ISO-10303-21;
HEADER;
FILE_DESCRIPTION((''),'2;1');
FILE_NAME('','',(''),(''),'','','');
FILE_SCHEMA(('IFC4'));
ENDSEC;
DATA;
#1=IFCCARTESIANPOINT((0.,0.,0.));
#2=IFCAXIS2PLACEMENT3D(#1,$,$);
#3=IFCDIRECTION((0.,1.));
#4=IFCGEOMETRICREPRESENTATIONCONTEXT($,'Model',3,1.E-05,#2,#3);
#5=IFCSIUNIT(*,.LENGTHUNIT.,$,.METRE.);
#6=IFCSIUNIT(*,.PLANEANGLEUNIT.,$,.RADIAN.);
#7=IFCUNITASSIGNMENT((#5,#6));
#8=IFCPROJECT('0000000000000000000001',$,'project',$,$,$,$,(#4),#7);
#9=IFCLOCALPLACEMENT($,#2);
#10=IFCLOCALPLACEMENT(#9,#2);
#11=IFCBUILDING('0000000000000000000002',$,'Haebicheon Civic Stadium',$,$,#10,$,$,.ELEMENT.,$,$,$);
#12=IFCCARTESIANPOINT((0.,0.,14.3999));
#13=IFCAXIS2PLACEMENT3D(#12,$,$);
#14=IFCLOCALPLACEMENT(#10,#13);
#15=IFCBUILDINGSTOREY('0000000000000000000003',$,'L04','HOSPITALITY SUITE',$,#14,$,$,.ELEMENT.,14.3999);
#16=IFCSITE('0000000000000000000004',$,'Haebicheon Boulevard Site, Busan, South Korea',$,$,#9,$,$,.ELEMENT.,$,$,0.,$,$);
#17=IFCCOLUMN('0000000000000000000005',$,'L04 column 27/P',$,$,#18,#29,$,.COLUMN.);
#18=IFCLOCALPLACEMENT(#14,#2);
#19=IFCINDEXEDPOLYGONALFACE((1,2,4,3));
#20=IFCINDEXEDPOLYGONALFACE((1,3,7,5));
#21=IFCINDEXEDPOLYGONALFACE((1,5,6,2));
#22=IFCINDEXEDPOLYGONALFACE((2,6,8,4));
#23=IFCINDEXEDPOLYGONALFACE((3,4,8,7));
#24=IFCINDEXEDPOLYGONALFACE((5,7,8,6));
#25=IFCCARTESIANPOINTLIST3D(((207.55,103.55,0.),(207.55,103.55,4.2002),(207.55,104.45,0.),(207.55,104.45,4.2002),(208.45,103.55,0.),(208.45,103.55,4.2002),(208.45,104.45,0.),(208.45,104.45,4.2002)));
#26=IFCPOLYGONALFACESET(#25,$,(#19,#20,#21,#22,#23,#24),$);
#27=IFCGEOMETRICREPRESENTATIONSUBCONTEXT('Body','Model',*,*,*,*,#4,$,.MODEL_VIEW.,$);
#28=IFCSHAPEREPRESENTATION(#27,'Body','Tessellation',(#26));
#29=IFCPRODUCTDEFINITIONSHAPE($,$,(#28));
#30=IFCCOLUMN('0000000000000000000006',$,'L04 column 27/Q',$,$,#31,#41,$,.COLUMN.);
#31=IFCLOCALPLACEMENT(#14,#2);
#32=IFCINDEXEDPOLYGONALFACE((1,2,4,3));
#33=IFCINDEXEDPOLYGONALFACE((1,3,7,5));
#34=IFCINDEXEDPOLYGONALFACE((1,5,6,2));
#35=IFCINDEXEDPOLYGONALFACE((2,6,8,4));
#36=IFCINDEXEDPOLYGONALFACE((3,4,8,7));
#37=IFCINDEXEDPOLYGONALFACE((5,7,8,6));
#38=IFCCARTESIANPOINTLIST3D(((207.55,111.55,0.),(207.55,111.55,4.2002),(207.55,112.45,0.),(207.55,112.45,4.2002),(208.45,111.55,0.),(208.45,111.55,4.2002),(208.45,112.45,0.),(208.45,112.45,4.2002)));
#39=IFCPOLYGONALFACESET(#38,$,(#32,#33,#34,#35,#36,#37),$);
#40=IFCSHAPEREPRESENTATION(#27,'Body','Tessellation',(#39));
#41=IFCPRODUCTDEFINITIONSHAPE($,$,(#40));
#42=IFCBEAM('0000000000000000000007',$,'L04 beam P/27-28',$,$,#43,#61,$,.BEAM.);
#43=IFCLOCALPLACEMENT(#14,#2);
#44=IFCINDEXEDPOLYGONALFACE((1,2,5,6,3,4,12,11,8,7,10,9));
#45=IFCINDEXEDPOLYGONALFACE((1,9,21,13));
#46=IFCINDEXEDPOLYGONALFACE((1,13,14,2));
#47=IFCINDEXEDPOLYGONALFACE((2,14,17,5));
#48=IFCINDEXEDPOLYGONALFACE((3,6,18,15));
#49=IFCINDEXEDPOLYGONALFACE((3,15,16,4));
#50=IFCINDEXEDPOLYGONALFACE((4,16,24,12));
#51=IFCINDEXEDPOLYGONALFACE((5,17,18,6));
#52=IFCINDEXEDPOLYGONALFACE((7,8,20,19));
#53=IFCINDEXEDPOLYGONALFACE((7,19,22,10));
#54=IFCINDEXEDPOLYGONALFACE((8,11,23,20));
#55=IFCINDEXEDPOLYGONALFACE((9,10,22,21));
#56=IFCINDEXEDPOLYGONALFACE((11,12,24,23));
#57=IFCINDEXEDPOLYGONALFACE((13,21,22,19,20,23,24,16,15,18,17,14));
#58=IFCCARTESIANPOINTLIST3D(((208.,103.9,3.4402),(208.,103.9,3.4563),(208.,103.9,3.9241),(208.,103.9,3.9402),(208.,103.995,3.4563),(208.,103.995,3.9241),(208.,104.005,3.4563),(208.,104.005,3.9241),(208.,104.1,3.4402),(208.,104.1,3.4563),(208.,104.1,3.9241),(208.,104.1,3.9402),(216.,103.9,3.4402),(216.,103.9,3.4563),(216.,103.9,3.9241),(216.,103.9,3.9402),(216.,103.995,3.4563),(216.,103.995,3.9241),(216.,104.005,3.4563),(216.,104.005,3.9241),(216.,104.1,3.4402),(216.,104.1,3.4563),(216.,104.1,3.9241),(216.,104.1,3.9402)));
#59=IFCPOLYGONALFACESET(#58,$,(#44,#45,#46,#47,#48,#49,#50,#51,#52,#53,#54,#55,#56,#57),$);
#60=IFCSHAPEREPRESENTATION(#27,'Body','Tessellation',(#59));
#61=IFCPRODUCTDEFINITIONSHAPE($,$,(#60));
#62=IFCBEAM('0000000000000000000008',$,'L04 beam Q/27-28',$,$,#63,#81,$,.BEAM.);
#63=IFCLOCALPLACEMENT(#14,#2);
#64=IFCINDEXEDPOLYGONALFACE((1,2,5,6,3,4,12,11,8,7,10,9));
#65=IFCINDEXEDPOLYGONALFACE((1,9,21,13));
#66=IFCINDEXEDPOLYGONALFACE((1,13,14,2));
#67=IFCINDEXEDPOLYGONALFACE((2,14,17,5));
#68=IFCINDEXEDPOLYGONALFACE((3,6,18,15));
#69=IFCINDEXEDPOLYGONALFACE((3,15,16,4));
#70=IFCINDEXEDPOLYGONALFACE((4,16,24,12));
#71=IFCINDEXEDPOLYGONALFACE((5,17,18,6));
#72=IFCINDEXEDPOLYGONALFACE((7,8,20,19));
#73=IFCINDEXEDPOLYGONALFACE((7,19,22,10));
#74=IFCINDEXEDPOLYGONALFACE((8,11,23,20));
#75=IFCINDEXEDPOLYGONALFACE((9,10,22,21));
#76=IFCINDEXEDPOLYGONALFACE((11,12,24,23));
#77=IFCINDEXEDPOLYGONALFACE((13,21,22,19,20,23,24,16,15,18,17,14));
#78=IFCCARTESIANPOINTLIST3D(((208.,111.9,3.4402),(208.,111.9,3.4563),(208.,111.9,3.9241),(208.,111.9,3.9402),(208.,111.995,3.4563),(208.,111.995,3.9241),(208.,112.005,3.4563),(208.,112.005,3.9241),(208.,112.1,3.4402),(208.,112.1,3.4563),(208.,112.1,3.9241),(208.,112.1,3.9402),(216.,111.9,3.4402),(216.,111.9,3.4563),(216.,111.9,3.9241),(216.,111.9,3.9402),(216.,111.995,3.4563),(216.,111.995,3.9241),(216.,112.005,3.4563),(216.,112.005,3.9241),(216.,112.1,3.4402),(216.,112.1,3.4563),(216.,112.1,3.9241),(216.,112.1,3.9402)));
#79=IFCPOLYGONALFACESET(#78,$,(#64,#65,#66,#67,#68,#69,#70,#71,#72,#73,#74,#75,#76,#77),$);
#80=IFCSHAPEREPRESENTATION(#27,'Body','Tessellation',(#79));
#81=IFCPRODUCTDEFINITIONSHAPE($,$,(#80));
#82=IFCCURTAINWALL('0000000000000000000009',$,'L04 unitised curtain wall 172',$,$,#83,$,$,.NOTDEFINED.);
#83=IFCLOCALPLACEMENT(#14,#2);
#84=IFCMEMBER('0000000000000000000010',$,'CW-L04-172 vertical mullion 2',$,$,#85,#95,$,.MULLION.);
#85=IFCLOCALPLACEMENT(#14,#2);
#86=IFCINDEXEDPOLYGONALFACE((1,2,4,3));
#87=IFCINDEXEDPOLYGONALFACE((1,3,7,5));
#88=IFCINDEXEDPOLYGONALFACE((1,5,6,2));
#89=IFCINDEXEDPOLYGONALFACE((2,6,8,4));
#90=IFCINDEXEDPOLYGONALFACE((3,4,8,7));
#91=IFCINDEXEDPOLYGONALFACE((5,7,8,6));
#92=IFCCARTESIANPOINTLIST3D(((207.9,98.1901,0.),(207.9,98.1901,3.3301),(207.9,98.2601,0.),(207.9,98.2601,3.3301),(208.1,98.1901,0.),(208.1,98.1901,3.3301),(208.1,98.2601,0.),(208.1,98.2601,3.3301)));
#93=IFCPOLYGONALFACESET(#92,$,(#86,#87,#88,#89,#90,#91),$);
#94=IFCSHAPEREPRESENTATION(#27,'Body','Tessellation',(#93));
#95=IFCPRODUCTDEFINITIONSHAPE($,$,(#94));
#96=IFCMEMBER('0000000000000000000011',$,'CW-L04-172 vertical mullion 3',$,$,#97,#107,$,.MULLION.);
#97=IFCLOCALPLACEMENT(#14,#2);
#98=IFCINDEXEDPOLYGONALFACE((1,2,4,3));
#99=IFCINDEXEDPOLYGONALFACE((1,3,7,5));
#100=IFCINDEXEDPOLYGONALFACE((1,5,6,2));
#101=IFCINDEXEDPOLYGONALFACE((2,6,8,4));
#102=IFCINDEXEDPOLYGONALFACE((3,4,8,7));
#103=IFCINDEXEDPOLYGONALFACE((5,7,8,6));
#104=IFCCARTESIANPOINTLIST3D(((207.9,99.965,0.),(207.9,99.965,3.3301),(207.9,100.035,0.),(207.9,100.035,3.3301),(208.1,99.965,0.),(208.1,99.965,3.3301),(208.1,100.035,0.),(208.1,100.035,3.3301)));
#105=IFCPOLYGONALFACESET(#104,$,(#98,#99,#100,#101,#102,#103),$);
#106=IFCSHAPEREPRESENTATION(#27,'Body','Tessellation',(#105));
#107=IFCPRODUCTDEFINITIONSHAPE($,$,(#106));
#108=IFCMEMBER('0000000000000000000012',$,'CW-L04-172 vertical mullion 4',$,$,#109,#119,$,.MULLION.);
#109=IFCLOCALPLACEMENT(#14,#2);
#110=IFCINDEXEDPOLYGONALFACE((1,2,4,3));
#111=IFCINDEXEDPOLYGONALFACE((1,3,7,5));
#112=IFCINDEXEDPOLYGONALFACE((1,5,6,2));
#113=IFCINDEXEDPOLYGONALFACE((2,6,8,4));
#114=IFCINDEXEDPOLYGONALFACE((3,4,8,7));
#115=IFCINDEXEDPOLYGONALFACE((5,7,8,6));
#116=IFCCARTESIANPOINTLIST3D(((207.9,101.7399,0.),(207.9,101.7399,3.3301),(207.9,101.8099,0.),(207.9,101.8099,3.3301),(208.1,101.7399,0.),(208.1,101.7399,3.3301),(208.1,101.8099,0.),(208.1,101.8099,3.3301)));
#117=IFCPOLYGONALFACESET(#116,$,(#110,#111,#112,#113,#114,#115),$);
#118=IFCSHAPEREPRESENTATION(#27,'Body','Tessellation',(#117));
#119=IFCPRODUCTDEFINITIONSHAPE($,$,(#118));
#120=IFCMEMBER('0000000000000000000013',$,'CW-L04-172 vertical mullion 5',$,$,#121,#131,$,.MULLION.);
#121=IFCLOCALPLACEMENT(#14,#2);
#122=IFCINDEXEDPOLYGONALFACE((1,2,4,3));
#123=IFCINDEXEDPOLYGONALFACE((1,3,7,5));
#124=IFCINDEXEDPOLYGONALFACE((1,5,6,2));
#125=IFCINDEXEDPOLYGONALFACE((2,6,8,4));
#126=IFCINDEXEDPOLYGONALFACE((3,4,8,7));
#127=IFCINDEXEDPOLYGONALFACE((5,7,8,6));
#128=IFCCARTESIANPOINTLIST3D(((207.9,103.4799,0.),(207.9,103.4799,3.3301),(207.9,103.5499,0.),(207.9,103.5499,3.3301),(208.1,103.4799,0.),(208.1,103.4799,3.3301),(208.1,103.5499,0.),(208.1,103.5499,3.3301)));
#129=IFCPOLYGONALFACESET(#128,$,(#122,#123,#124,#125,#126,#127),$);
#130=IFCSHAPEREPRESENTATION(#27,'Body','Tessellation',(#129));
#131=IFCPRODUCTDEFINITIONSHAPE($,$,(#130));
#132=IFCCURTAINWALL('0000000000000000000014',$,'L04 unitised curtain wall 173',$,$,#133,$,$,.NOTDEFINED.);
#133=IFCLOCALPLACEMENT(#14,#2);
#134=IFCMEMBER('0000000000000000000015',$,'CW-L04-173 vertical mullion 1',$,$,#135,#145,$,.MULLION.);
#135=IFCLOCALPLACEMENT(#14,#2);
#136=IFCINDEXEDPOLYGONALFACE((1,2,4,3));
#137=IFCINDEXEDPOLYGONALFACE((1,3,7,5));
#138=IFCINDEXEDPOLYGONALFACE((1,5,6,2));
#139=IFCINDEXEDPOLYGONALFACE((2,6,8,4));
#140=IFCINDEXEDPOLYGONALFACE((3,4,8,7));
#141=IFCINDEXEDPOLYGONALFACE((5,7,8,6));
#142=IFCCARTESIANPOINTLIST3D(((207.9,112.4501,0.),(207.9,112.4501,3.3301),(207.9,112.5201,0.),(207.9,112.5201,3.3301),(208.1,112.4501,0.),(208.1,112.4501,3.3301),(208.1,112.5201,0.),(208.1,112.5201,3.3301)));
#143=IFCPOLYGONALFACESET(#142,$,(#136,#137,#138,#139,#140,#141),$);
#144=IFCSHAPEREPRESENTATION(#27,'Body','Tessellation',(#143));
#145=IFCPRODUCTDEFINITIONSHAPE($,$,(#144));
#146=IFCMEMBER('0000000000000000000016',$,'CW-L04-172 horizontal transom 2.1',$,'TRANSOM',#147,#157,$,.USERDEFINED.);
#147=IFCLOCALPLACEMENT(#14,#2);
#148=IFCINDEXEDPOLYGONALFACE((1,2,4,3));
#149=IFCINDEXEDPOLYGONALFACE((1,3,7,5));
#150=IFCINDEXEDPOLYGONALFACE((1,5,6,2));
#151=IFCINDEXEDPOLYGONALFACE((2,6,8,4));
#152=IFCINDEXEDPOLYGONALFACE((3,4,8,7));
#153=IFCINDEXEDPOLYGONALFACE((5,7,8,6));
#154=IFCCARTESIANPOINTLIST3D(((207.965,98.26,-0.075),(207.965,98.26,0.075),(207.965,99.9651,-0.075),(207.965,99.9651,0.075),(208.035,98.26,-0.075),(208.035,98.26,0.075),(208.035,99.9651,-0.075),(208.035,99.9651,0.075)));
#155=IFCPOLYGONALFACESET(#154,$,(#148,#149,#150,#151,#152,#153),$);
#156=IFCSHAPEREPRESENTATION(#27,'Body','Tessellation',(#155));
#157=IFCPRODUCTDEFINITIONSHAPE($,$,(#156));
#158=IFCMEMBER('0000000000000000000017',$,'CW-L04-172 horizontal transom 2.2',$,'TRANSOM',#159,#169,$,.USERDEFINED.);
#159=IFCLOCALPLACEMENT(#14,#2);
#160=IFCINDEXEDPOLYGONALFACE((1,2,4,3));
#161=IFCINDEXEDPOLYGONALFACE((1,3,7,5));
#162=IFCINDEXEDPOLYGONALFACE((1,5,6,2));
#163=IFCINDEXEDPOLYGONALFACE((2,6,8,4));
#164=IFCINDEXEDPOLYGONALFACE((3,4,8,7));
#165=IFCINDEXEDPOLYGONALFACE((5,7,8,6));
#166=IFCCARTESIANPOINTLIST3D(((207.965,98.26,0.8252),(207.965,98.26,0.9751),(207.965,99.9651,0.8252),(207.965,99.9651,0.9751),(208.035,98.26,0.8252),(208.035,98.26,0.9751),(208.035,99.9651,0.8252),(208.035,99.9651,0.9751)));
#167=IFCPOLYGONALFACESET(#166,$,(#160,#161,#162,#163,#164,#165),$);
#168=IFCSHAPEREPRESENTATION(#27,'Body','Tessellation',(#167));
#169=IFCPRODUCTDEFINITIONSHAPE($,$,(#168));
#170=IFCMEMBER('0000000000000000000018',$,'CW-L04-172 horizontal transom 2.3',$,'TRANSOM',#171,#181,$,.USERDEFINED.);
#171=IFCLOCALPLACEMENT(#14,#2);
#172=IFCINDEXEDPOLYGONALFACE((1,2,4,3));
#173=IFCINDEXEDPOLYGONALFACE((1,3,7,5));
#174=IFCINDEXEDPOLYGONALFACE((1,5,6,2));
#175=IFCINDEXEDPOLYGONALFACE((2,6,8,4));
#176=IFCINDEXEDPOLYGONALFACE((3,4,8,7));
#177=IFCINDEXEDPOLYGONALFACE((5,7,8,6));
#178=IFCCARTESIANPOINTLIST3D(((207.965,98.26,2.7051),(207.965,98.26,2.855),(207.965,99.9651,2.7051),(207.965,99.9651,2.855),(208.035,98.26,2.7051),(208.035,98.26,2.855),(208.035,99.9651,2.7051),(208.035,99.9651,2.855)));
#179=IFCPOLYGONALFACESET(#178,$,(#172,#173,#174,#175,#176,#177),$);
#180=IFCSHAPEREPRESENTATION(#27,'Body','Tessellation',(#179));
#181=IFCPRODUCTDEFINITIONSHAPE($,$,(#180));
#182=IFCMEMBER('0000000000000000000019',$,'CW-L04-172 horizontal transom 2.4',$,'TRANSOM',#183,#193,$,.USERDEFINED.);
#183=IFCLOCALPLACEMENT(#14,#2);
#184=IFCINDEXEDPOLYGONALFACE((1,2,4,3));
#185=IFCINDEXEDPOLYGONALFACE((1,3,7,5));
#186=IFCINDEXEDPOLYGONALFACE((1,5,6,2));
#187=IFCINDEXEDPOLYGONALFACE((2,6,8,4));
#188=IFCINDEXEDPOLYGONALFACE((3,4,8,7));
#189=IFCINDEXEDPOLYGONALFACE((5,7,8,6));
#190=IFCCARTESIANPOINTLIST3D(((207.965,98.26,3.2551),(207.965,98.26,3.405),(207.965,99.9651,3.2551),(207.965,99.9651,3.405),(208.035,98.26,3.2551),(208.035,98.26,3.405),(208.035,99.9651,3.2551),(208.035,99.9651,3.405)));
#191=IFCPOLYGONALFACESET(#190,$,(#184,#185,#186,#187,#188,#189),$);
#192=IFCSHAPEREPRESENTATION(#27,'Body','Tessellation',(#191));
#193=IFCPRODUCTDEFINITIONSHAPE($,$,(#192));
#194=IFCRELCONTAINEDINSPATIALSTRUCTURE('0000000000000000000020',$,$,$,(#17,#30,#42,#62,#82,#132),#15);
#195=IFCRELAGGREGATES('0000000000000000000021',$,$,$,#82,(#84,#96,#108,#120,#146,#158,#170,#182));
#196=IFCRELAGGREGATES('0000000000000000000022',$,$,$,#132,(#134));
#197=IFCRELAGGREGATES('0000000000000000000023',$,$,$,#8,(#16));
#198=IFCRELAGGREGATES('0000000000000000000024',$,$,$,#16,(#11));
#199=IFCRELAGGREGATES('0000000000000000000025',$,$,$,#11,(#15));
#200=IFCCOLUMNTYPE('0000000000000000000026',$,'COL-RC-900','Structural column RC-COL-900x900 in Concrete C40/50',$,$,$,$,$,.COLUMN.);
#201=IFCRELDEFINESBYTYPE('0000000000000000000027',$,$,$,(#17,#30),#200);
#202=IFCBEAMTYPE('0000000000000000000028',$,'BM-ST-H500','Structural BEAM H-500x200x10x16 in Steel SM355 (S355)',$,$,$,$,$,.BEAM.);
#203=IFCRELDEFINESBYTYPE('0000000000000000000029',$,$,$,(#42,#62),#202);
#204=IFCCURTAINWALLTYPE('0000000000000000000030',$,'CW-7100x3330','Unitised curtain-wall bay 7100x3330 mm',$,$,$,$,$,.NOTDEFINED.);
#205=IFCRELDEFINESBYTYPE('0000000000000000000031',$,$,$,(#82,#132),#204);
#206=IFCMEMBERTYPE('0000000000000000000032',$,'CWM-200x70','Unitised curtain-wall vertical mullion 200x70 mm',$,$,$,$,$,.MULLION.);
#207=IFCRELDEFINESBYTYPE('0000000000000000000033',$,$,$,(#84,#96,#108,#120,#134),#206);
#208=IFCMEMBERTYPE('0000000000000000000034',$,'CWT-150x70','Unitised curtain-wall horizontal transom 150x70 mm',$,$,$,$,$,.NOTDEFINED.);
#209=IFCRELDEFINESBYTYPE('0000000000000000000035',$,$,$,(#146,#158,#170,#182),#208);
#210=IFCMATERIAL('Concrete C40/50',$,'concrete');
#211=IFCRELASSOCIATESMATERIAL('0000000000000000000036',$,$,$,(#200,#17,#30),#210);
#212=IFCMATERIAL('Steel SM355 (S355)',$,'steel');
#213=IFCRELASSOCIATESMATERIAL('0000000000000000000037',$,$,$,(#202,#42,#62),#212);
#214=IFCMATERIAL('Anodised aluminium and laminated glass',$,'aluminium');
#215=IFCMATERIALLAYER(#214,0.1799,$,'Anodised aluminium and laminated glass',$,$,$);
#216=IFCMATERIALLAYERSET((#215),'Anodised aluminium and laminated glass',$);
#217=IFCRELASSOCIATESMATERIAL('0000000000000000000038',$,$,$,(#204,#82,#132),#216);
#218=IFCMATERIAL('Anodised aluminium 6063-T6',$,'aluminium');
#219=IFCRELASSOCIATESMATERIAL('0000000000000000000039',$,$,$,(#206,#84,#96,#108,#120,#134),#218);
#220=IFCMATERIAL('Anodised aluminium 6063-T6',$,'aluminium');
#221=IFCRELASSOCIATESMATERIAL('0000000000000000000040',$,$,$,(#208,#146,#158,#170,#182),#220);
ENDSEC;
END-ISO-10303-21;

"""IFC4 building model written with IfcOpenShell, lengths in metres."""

from ifc_helpers import new_model, si_unit, direction, frame, origin, origin_2d, place, context, subcontext, project, spatial, rectangle, i_section, extrude, material, layer, layer_set, material_profile, profile_set, type_object, element, aggregate, save


model = new_model("IFC4")

# Units and contexts
model_context = context("Model", 3, precision=1e-05, world=origin(), true_north=direction((0.0, 1.0)))
body_context = subcontext(model_context, "Body", "Model", "MODEL_VIEW")
ifc_project = project(units=[si_unit("LENGTHUNIT", "METRE"), si_unit("PLANEANGLEUNIT", "RADIAN")], contexts=[model_context])

# Site, building, storey
site_placement = place(None, origin())
site = spatial("IfcSite", under=ifc_project, at=site_placement, Name="Haebicheon Boulevard Site, Busan, South Korea", CompositionType="ELEMENT", RefElevation=0.0)
building_placement = place(site_placement, origin())
building = spatial("IfcBuilding", under=site, at=building_placement, Name="Haebicheon Civic Stadium", CompositionType="ELEMENT")
storey_placement = place(building_placement, frame((0.0, 0.0, 14.3999)))
storey = spatial("IfcBuildingStorey", under=building, at=storey_placement, Name="L04", Description="HOSPITALITY SUITE", CompositionType="ELEMENT", Elevation=14.3999)

# Columns
ifc_material_1 = material(Name="Concrete C40/50", Category="concrete")
ifc_material_profile_1 = material_profile(ifc_material_1, rectangle(XDim=0.8999, YDim=0.8999, at=origin_2d()), Name="RC-COL-900x900")
ifc_profile_set_1 = profile_set([ifc_material_profile_1], Name="Concrete C40/50")
column_type = type_object("IfcColumnType", Name="COL-RC-900", Description="Structural column RC-COL-900x900 in Concrete C40/50", PredefinedType="COLUMN", material=ifc_profile_set_1)
for number, where, z_axis, x_axis, name in (
    (1, (208.0, 104.0, 0.0), (0.0, 0.0, 1.0), (1.0, 0.0, 0.0), "L04 column 27/P"),
    (2, (208.0, 112.0, 0.0), (0.0, 0.0, 1.0), (1.0, 0.0, 0.0), "L04 column 27/Q"),
):
    element("IfcColumn", number, at=place(storey_placement, frame(where, z_axis=z_axis, x_axis=x_axis)), inside=storey, type_object=column_type, material=ifc_profile_set_1, Name=name, PredefinedType="COLUMN", context=body_context, shape_type="SweptSolid", body=[
        extrude(rectangle(XDim=0.8999, YDim=0.8999, at=origin_2d()), origin(), (0.0, 0.0, 1.0), 4.2002),
    ])

# Beams
ifc_material_2 = material(Name="Steel SM355 (S355)", Category="steel")
ifc_material_profile_2 = material_profile(ifc_material_2, i_section(OverallWidth=0.2, OverallDepth=0.5, WebThickness=0.01, FlangeThickness=0.0161, at=origin_2d()), Name="H-500x200x10x16")
ifc_profile_set_2 = profile_set([ifc_material_profile_2], Name="Steel SM355 (S355)")
beam_type_1 = type_object("IfcBeamType", Name="BM-ST-H500", Description="Structural BEAM H-500x200x10x16 in Steel SM355 (S355)", PredefinedType="BEAM", material=ifc_profile_set_2)
for number, where, z_axis, x_axis, name in (
    (3, (208.0, 104.0, 3.6902), (1.0, 0.0, 0.0), (0.0, 1.0, 0.0), "L04 beam P/27-28"),
    (4, (208.0, 112.0, 3.6902), (1.0, 0.0, 0.0), (0.0, 1.0, 0.0), "L04 beam Q/27-28"),
):
    element("IfcBeam", number, at=place(storey_placement, frame(where, z_axis=z_axis, x_axis=x_axis)), inside=storey, type_object=beam_type_1, material=ifc_profile_set_2, Name=name, PredefinedType="BEAM", context=body_context, shape_type="SweptSolid", body=[
        extrude(i_section(OverallWidth=0.2, OverallDepth=0.5, WebThickness=0.01, FlangeThickness=0.0161, at=origin_2d()), origin(), (0.0, 0.0, 1.0), 8.0),
    ])

# Curtain wall, members
ifc_material_3 = material(Name="Anodised aluminium and laminated glass", Category="aluminium")
ifc_layer_1 = layer(ifc_material_3, 0.1799, Name="Anodised aluminium and laminated glass")
ifc_layer_set_1 = layer_set([ifc_layer_1], Name="Anodised aluminium and laminated glass")
curtain_wall_type = type_object("IfcCurtainWallType", Name="CW-7100x3330", Description="Unitised curtain-wall bay 7100x3330 mm", PredefinedType="NOTDEFINED", material=ifc_layer_set_1)
curtain_wall_1_placement = place(storey_placement, origin())
curtain_wall_1 = element("IfcCurtainWall", 5, at=curtain_wall_1_placement, inside=storey, type_object=curtain_wall_type, material=ifc_layer_set_1, Name="L04 unitised curtain wall 172", PredefinedType="NOTDEFINED")
ifc_material_4 = material(Name="Anodised aluminium 6063-T6", Category="aluminium")
ifc_material_profile_3 = material_profile(ifc_material_4, rectangle(XDim=0.0701, YDim=0.2, at=origin_2d()), Name="ALU-MULL-70x200")
ifc_profile_set_3 = profile_set([ifc_material_profile_3], Name="Anodised aluminium 6063-T6")
member_type_1 = type_object("IfcMemberType", Name="CWM-200x70", Description="Unitised curtain-wall vertical mullion 200x70 mm", PredefinedType="MULLION", material=ifc_profile_set_3)
member_1_placement = place(storey_placement, frame((208.0, 98.2251, 0.0), z_axis=(0.0, 0.0, 1.0), x_axis=(0.0, 1.0, 0.0)))
member_1 = element("IfcMember", 6, at=member_1_placement, type_object=member_type_1, material=ifc_profile_set_3, Name="CW-L04-172 vertical mullion 2", PredefinedType="MULLION", context=body_context, shape_type="SweptSolid", body=[
    extrude(rectangle(XDim=0.0701, YDim=0.2, at=origin_2d()), origin(), (0.0, 0.0, 1.0), 3.3301),
])
member_2_placement = place(storey_placement, frame((208.0, 100.0, 0.0), z_axis=(0.0, 0.0, 1.0), x_axis=(0.0, 1.0, 0.0)))
member_2 = element("IfcMember", 7, at=member_2_placement, type_object=member_type_1, material=ifc_profile_set_3, Name="CW-L04-172 vertical mullion 3", PredefinedType="MULLION", context=body_context, shape_type="SweptSolid", body=[
    extrude(rectangle(XDim=0.0701, YDim=0.2, at=origin_2d()), origin(), (0.0, 0.0, 1.0), 3.3301),
])
member_3_placement = place(storey_placement, frame((208.0, 101.7749, 0.0), z_axis=(0.0, 0.0, 1.0), x_axis=(0.0, 1.0, 0.0)))
member_3 = element("IfcMember", 8, at=member_3_placement, type_object=member_type_1, material=ifc_profile_set_3, Name="CW-L04-172 vertical mullion 4", PredefinedType="MULLION", context=body_context, shape_type="SweptSolid", body=[
    extrude(rectangle(XDim=0.0701, YDim=0.2, at=origin_2d()), origin(), (0.0, 0.0, 1.0), 3.3301),
])
member_4_placement = place(storey_placement, frame((208.0, 103.5149, 0.0), z_axis=(0.0, 0.0, 1.0), x_axis=(0.0, 1.0, 0.0)))
member_4 = element("IfcMember", 9, at=member_4_placement, type_object=member_type_1, material=ifc_profile_set_3, Name="CW-L04-172 vertical mullion 5", PredefinedType="MULLION", context=body_context, shape_type="SweptSolid", body=[
    extrude(rectangle(XDim=0.0701, YDim=0.2, at=origin_2d()), origin(), (0.0, 0.0, 1.0), 3.3301),
])

# Curtain wall, member
curtain_wall_2_placement = place(storey_placement, origin())
curtain_wall_2 = element("IfcCurtainWall", 10, at=curtain_wall_2_placement, inside=storey, type_object=curtain_wall_type, material=ifc_layer_set_1, Name="L04 unitised curtain wall 173", PredefinedType="NOTDEFINED")
member_5_placement = place(storey_placement, frame((208.0, 112.4851, 0.0), z_axis=(0.0, 0.0, 1.0), x_axis=(0.0, 1.0, 0.0)))
member_5 = element("IfcMember", 11, at=member_5_placement, type_object=member_type_1, material=ifc_profile_set_3, Name="CW-L04-173 vertical mullion 1", PredefinedType="MULLION", context=body_context, shape_type="SweptSolid", body=[
    extrude(rectangle(XDim=0.0701, YDim=0.2, at=origin_2d()), origin(), (0.0, 0.0, 1.0), 3.3301),
])

# Members
ifc_material_5 = material(Name="Anodised aluminium 6063-T6", Category="aluminium")
ifc_material_profile_4 = material_profile(ifc_material_5, rectangle(XDim=0.0701, YDim=0.1499, at=origin_2d()), Name="ALU-TRAN-70x150")
ifc_profile_set_4 = profile_set([ifc_material_profile_4], Name="Anodised aluminium 6063-T6")
member_type_2 = type_object("IfcMemberType", Name="CWT-150x70", Description="Unitised curtain-wall horizontal transom 150x70 mm", PredefinedType="NOTDEFINED", material=ifc_profile_set_4)
member_6_placement = place(storey_placement, frame((208.0, 98.26, 0.0), z_axis=(0.0, 1.0, 0.0), x_axis=(-1.0, 0.0, 0.0)))
member_6 = element("IfcMember", 12, at=member_6_placement, type_object=member_type_2, material=ifc_profile_set_4, Name="CW-L04-172 horizontal transom 2.1", ObjectType="TRANSOM", PredefinedType="USERDEFINED", context=body_context, shape_type="SweptSolid", body=[
    extrude(rectangle(XDim=0.0701, YDim=0.1499, at=origin_2d()), origin(), (0.0, 0.0, 1.0), 1.7051),
])
member_7_placement = place(storey_placement, frame((208.0, 98.26, 0.9001), z_axis=(0.0, 1.0, 0.0), x_axis=(-1.0, 0.0, 0.0)))
member_7 = element("IfcMember", 13, at=member_7_placement, type_object=member_type_2, material=ifc_profile_set_4, Name="CW-L04-172 horizontal transom 2.2", ObjectType="TRANSOM", PredefinedType="USERDEFINED", context=body_context, shape_type="SweptSolid", body=[
    extrude(rectangle(XDim=0.0701, YDim=0.1499, at=origin_2d()), origin(), (0.0, 0.0, 1.0), 1.7051),
])
member_8_placement = place(storey_placement, frame((208.0, 98.26, 2.78), z_axis=(0.0, 1.0, 0.0), x_axis=(-1.0, 0.0, 0.0)))
member_8 = element("IfcMember", 14, at=member_8_placement, type_object=member_type_2, material=ifc_profile_set_4, Name="CW-L04-172 horizontal transom 2.3", ObjectType="TRANSOM", PredefinedType="USERDEFINED", context=body_context, shape_type="SweptSolid", body=[
    extrude(rectangle(XDim=0.0701, YDim=0.1499, at=origin_2d()), origin(), (0.0, 0.0, 1.0), 1.7051),
])
member_9_placement = place(storey_placement, frame((208.0, 98.26, 3.3301), z_axis=(0.0, 1.0, 0.0), x_axis=(-1.0, 0.0, 0.0)))
member_9 = element("IfcMember", 15, at=member_9_placement, type_object=member_type_2, material=ifc_profile_set_4, Name="CW-L04-172 horizontal transom 2.4", ObjectType="TRANSOM", PredefinedType="USERDEFINED", context=body_context, shape_type="SweptSolid", body=[
    extrude(rectangle(XDim=0.0701, YDim=0.1499, at=origin_2d()), origin(), (0.0, 0.0, 1.0), 1.7051),
])

aggregate(curtain_wall_1, [member_1, member_2, member_3, member_4, member_6, member_7, member_8, member_9])
aggregate(curtain_wall_2, [member_5])

save(model, "model.ifc")
